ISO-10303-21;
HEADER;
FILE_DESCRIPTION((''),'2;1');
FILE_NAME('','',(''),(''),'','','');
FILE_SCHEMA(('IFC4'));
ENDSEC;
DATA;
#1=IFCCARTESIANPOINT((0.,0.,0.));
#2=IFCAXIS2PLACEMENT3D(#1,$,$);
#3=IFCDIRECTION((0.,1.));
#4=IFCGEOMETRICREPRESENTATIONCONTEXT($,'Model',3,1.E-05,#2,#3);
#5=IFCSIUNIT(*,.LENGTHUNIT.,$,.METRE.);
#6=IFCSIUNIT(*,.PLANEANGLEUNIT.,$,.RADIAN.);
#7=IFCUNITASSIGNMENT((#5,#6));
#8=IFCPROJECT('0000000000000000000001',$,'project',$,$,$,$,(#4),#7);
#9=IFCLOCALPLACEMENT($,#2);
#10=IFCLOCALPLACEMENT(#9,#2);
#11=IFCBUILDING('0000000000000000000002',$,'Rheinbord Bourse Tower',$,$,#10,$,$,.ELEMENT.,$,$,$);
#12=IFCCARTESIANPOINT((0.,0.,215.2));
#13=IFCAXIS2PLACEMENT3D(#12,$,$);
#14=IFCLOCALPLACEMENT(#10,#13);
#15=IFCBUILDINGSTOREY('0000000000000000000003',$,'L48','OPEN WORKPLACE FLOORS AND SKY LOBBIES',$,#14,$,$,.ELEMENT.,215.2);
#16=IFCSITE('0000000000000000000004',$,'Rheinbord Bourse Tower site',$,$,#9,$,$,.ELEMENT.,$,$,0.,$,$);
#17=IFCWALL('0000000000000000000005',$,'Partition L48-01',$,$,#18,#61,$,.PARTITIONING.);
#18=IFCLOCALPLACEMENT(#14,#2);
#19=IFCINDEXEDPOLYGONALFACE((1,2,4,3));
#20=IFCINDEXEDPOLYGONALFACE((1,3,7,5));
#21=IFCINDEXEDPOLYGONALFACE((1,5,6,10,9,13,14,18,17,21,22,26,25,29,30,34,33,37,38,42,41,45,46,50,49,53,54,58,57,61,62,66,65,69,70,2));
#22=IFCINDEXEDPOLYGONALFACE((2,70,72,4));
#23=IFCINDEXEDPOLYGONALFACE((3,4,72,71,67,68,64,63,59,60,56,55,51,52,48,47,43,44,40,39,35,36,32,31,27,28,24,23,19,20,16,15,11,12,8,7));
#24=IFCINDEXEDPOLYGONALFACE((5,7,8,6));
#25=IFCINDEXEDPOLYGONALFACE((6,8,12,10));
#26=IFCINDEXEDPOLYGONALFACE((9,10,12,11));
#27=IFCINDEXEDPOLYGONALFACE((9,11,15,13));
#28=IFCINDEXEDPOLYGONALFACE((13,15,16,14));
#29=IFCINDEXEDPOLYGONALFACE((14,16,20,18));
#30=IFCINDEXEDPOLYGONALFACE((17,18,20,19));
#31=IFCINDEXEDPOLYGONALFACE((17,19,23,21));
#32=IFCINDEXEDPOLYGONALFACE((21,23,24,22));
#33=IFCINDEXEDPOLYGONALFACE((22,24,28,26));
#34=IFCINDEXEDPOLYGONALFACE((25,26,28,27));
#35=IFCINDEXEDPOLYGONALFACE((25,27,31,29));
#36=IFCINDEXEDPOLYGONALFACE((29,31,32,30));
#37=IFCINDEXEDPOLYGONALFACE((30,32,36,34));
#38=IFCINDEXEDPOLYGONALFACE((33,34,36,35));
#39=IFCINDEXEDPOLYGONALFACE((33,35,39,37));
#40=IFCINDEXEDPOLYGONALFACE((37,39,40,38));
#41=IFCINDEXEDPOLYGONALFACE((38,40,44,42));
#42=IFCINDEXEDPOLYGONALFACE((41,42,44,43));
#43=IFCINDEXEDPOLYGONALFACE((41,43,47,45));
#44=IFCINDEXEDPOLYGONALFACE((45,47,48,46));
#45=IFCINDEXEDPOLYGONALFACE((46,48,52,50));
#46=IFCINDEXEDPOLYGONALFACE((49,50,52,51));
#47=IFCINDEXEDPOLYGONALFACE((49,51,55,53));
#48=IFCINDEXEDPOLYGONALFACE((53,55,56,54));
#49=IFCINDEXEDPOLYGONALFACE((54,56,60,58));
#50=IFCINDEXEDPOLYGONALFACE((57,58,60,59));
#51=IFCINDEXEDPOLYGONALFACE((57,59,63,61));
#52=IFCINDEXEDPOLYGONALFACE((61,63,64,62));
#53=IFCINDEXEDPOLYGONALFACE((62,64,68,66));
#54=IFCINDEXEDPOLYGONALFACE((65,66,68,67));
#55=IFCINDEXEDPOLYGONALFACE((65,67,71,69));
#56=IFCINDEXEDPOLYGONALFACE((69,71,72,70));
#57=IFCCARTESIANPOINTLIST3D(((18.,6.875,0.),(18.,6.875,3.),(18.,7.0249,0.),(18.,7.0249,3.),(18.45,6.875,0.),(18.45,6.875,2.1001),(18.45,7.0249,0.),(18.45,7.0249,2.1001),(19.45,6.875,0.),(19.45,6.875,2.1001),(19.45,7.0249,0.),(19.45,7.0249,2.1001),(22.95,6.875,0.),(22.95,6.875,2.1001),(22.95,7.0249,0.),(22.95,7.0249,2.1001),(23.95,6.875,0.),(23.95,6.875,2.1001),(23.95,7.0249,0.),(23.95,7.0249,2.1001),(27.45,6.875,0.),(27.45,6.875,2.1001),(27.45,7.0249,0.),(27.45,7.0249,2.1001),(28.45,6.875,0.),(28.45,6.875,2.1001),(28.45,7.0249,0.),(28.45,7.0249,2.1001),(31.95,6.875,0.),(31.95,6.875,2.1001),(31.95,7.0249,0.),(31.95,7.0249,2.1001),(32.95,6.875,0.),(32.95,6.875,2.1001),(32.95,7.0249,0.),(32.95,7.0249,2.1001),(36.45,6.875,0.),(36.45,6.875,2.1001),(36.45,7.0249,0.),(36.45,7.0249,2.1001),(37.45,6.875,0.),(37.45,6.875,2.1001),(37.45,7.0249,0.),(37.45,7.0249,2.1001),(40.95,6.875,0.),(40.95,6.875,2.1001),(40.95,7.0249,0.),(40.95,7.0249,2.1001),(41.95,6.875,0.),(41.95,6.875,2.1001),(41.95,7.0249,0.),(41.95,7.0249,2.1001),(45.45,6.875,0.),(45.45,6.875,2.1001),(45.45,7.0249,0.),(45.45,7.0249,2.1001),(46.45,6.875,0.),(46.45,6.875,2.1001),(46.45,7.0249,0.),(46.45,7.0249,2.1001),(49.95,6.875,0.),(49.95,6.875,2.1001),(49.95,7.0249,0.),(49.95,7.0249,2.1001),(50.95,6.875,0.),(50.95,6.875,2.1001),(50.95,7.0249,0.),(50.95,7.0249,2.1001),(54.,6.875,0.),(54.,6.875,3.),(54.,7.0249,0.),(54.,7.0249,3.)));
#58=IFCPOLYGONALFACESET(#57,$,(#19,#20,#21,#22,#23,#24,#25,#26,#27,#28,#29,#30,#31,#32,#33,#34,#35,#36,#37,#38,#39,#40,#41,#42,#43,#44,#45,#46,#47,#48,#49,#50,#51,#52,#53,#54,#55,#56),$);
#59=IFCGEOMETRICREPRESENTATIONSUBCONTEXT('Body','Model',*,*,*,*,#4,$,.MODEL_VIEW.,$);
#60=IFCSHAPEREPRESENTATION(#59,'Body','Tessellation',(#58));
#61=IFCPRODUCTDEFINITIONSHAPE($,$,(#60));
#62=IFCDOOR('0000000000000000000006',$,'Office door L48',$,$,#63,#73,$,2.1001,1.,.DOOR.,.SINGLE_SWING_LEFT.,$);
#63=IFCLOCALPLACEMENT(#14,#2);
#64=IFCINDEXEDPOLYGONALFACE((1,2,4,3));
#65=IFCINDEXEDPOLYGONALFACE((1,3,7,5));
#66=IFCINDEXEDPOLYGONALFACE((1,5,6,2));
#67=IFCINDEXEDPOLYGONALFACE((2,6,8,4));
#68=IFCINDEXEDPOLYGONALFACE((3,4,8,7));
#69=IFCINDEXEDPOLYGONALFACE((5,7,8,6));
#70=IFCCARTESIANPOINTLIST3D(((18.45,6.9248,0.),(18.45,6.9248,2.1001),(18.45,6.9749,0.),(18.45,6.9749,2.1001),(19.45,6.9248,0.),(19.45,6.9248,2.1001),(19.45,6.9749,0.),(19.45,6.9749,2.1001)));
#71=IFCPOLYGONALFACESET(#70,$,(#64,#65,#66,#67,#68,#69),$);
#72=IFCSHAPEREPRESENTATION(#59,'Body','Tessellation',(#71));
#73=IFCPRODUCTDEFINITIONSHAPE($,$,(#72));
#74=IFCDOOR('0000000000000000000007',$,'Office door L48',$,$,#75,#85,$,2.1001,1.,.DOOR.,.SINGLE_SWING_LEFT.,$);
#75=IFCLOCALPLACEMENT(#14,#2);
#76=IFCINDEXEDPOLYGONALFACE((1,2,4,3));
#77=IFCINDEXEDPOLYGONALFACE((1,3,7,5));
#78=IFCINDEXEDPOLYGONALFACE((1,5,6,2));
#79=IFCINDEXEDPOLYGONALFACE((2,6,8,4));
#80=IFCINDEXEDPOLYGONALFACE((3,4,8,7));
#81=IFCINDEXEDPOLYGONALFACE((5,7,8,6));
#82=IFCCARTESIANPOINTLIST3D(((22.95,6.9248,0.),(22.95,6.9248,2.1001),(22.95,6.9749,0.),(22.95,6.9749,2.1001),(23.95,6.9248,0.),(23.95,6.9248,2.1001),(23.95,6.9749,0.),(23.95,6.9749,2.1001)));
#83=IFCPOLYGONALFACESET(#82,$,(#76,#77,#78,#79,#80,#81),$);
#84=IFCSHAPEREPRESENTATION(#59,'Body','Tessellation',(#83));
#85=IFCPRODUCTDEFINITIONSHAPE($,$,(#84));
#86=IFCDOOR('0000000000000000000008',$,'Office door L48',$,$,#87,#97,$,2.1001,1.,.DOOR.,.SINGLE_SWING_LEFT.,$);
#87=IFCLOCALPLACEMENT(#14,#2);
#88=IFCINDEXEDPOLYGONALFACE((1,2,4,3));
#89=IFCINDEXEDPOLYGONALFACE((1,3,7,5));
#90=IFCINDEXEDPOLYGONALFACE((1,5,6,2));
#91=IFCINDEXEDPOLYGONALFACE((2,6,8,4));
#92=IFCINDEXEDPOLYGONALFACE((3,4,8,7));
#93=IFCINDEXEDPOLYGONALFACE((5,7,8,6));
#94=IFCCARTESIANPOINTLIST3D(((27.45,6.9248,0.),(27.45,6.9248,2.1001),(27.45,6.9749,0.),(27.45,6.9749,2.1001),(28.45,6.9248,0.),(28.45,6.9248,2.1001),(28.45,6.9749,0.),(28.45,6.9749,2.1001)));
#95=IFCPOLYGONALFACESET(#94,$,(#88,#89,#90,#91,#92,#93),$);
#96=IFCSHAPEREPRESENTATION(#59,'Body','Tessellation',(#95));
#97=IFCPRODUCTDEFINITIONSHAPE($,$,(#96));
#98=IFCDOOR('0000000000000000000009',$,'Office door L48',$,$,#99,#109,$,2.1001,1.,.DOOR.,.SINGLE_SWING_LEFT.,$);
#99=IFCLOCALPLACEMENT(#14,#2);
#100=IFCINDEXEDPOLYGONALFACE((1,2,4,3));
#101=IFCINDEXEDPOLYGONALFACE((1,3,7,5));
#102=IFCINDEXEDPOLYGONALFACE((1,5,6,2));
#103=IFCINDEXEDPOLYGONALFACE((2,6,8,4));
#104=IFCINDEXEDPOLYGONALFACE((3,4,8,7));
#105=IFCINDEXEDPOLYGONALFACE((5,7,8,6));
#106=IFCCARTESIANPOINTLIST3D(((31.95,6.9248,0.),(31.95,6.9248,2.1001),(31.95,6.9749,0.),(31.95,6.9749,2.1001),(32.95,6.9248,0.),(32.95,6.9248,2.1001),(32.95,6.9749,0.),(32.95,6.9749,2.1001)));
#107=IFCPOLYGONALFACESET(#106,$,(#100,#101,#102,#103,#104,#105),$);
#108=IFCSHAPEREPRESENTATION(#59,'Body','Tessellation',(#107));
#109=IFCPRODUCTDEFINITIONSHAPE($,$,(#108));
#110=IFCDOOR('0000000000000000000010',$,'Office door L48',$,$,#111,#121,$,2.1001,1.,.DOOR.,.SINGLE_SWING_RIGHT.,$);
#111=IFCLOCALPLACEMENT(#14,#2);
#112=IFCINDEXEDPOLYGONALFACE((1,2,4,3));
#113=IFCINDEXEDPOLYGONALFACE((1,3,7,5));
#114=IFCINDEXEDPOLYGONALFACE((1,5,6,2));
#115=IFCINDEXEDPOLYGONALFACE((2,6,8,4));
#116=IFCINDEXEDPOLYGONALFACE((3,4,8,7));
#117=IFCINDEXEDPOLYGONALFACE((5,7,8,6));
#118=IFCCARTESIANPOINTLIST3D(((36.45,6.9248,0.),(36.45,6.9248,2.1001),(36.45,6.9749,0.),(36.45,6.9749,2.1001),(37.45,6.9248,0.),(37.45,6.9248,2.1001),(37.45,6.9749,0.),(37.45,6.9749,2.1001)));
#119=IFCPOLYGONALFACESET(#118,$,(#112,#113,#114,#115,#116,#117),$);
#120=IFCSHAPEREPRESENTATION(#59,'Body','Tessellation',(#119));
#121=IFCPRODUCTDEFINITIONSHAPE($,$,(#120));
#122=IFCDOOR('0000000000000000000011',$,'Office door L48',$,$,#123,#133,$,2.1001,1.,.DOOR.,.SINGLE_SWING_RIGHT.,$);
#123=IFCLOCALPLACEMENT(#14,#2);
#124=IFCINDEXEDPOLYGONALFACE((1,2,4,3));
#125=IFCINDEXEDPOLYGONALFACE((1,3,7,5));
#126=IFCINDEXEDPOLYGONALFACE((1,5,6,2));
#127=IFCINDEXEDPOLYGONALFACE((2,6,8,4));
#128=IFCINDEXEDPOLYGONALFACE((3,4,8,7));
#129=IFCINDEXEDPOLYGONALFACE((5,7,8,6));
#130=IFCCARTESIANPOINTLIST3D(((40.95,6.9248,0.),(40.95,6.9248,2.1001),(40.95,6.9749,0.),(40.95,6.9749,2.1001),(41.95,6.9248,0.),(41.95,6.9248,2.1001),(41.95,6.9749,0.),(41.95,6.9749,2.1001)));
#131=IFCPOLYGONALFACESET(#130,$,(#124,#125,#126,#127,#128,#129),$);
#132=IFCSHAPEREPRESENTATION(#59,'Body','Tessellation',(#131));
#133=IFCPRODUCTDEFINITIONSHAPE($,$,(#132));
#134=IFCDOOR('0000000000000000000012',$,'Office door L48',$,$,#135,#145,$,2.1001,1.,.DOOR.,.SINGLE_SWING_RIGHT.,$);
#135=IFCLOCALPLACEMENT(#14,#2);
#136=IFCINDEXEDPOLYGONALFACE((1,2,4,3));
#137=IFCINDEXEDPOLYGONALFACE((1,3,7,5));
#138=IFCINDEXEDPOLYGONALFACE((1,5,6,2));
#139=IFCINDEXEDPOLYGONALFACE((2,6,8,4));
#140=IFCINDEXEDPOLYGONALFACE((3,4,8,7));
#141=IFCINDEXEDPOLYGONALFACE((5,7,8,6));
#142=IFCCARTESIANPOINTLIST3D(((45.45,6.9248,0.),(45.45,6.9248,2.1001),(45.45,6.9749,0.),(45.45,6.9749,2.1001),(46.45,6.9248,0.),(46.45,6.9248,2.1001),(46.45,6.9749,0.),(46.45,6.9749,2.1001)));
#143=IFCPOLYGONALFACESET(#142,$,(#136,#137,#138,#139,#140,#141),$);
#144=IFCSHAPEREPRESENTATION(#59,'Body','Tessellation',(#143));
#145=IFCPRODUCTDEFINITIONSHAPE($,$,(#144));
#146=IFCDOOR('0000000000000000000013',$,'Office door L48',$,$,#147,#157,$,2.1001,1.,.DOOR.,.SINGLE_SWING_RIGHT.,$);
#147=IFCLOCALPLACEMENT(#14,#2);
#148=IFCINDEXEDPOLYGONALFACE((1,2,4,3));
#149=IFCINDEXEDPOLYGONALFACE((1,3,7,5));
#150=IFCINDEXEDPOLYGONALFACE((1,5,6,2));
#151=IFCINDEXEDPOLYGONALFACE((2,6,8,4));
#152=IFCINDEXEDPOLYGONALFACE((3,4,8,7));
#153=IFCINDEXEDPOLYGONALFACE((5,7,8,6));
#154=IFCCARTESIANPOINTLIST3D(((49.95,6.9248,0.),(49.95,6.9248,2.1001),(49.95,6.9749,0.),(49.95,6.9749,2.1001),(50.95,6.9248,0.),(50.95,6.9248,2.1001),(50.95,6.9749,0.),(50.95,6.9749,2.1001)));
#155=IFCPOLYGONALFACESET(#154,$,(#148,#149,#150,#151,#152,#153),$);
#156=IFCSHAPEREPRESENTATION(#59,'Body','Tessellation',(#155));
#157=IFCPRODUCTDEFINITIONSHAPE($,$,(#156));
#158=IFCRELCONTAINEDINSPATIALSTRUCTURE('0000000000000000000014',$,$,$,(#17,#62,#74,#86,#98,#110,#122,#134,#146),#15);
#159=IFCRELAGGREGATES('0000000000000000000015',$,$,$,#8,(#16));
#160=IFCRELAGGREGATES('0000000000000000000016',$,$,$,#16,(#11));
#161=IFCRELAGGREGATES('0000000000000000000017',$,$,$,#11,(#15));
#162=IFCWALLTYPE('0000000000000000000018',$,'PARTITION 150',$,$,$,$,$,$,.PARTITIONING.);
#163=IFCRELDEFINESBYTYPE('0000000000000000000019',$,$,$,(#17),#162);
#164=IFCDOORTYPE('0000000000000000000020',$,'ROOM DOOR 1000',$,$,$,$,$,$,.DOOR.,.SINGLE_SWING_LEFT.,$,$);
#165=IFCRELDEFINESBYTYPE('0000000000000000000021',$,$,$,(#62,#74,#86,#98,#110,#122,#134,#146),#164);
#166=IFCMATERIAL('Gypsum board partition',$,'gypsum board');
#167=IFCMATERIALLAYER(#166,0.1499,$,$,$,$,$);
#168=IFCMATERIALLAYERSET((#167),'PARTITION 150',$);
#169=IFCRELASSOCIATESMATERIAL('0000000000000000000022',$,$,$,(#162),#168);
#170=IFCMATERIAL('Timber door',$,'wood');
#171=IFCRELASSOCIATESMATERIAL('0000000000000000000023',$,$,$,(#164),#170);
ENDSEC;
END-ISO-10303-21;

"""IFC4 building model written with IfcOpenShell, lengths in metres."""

from ifc_helpers import new_model, si_unit, direction, frame, frame_2d, origin, place, context, subcontext, project, spatial, rectangle, extrude, material, layer, layer_set, type_object, element, fill, save


model = new_model("IFC4")

# Units and contexts
model_context = context("Model", 3, precision=1e-05, world=origin(), true_north=direction((0.0, 1.0)))
body_context = subcontext(model_context, "Body", "Model", "MODEL_VIEW")
ifc_project = project(units=[si_unit("LENGTHUNIT", "METRE"), si_unit("PLANEANGLEUNIT", "RADIAN")], contexts=[model_context])

# Site, building, storey
site_placement = place(None, origin())
site = spatial("IfcSite", under=ifc_project, at=site_placement, Name="Rheinbord Bourse Tower site", CompositionType="ELEMENT", RefElevation=0.0)
building_placement = place(site_placement, origin())
building = spatial("IfcBuilding", under=site, at=building_placement, Name="Rheinbord Bourse Tower", CompositionType="ELEMENT")
storey_placement = place(building_placement, frame((0.0, 0.0, 215.2)))
storey = spatial("IfcBuildingStorey", under=building, at=storey_placement, Name="L48", Description="OPEN WORKPLACE FLOORS AND SKY LOBBIES", CompositionType="ELEMENT", Elevation=215.2)

# Wall, openings, doors
ifc_material_1 = material(Name="Gypsum board partition", Category="gypsum board")
ifc_layer_1 = layer(ifc_material_1, 0.1499)
ifc_layer_set_1 = layer_set([ifc_layer_1], Name="PARTITION 150")
wall_type_1 = type_object("IfcWallType", Name="PARTITION 150", PredefinedType="PARTITIONING", material=ifc_layer_set_1)
wall_1_placement = place(storey_placement, frame((18.0, 6.95, 0.0), z_axis=(0.0, 0.0, 1.0), x_axis=(1.0, 0.0, 0.0)))
wall_1 = element("IfcWall", 1, at=wall_1_placement, inside=storey, type_object=wall_type_1, Name="Partition L48-01", PredefinedType="PARTITIONING", context=body_context, shape_type="SweptSolid", body=[
    extrude(rectangle(XDim=36.0, YDim=0.1499, at=frame_2d((18.0, 0.0))), origin(), (0.0, 0.0, 1.0), 3.0),
])
opening_1_placement = place(wall_1_placement, frame((0.45, 0.0, 0.0)))
opening_1 = element("IfcOpeningElement", 2, at=opening_1_placement, cuts=wall_1, PredefinedType="OPENING", context=body_context, shape_type="SweptSolid", body=[
    extrude(rectangle(XDim=1.0, YDim=2.1001, at=frame_2d((0.5, 1.05))), frame((0.0, 0.085, 0.0), z_axis=(0.0, -1.0, 0.0), x_axis=(1.0, 0.0, 0.0)), (0.0, 0.0, 1.0), 0.1699),
])
opening_2_placement = place(wall_1_placement, frame((4.95, 0.0, 0.0)))
opening_2 = element("IfcOpeningElement", 3, at=opening_2_placement, cuts=wall_1, PredefinedType="OPENING", context=body_context, shape_type="SweptSolid", body=[
    extrude(rectangle(XDim=1.0, YDim=2.1001, at=frame_2d((0.5, 1.05))), frame((0.0, 0.085, 0.0), z_axis=(0.0, -1.0, 0.0), x_axis=(1.0, 0.0, 0.0)), (0.0, 0.0, 1.0), 0.1699),
])
opening_3_placement = place(wall_1_placement, frame((9.45, 0.0, 0.0)))
opening_3 = element("IfcOpeningElement", 4, at=opening_3_placement, cuts=wall_1, PredefinedType="OPENING", context=body_context, shape_type="SweptSolid", body=[
    extrude(rectangle(XDim=1.0, YDim=2.1001, at=frame_2d((0.5, 1.05))), frame((0.0, 0.085, 0.0), z_axis=(0.0, -1.0, 0.0), x_axis=(1.0, 0.0, 0.0)), (0.0, 0.0, 1.0), 0.1699),
])
opening_4_placement = place(wall_1_placement, frame((13.95, 0.0, 0.0)))
opening_4 = element("IfcOpeningElement", 5, at=opening_4_placement, cuts=wall_1, PredefinedType="OPENING", context=body_context, shape_type="SweptSolid", body=[
    extrude(rectangle(XDim=1.0, YDim=2.1001, at=frame_2d((0.5, 1.05))), frame((0.0, 0.085, 0.0), z_axis=(0.0, -1.0, 0.0), x_axis=(1.0, 0.0, 0.0)), (0.0, 0.0, 1.0), 0.1699),
])
opening_5_placement = place(wall_1_placement, frame((18.45, 0.0, 0.0)))
opening_5 = element("IfcOpeningElement", 6, at=opening_5_placement, cuts=wall_1, PredefinedType="OPENING", context=body_context, shape_type="SweptSolid", body=[
    extrude(rectangle(XDim=1.0, YDim=2.1001, at=frame_2d((0.5, 1.05))), frame((0.0, 0.085, 0.0), z_axis=(0.0, -1.0, 0.0), x_axis=(1.0, 0.0, 0.0)), (0.0, 0.0, 1.0), 0.1699),
])
opening_6_placement = place(wall_1_placement, frame((22.95, 0.0, 0.0)))
opening_6 = element("IfcOpeningElement", 7, at=opening_6_placement, cuts=wall_1, PredefinedType="OPENING", context=body_context, shape_type="SweptSolid", body=[
    extrude(rectangle(XDim=1.0, YDim=2.1001, at=frame_2d((0.5, 1.05))), frame((0.0, 0.085, 0.0), z_axis=(0.0, -1.0, 0.0), x_axis=(1.0, 0.0, 0.0)), (0.0, 0.0, 1.0), 0.1699),
])
opening_7_placement = place(wall_1_placement, frame((27.45, 0.0, 0.0)))
opening_7 = element("IfcOpeningElement", 8, at=opening_7_placement, cuts=wall_1, PredefinedType="OPENING", context=body_context, shape_type="SweptSolid", body=[
    extrude(rectangle(XDim=1.0, YDim=2.1001, at=frame_2d((0.5, 1.05))), frame((0.0, 0.085, 0.0), z_axis=(0.0, -1.0, 0.0), x_axis=(1.0, 0.0, 0.0)), (0.0, 0.0, 1.0), 0.1699),
])
opening_8_placement = place(wall_1_placement, frame((31.95, 0.0, 0.0)))
opening_8 = element("IfcOpeningElement", 9, at=opening_8_placement, cuts=wall_1, PredefinedType="OPENING", context=body_context, shape_type="SweptSolid", body=[
    extrude(rectangle(XDim=1.0, YDim=2.1001, at=frame_2d((0.5, 1.05))), frame((0.0, 0.085, 0.0), z_axis=(0.0, -1.0, 0.0), x_axis=(1.0, 0.0, 0.0)), (0.0, 0.0, 1.0), 0.1699),
])
ifc_material_2 = material(Name="Timber door", Category="wood")
door_type_1 = type_object("IfcDoorType", Name="ROOM DOOR 1000", OperationType="SINGLE_SWING_LEFT", PredefinedType="DOOR", material=ifc_material_2)
door_1_placement = place(opening_1_placement, origin())
door_1 = element("IfcDoor", 10, at=door_1_placement, inside=storey, type_object=door_type_1, Name="Office door L48", OperationType="SINGLE_SWING_LEFT", OverallHeight=2.1001, OverallWidth=1.0, PredefinedType="DOOR", context=body_context, shape_type="SweptSolid", body=[
    extrude(rectangle(XDim=1.0, YDim=2.1001, at=frame_2d((0.5, 1.05))), frame((0.0, 0.0249, 0.0), z_axis=(0.0, -1.0, 0.0), x_axis=(1.0, 0.0, 0.0)), (0.0, 0.0, 1.0), 0.05),
])
fill(opening_1, door_1)
door_2_placement = place(opening_2_placement, origin())
door_2 = element("IfcDoor", 11, at=door_2_placement, inside=storey, type_object=door_type_1, Name="Office door L48", OperationType="SINGLE_SWING_LEFT", OverallHeight=2.1001, OverallWidth=1.0, PredefinedType="DOOR", context=body_context, shape_type="SweptSolid", body=[
    extrude(rectangle(XDim=1.0, YDim=2.1001, at=frame_2d((0.5, 1.05))), frame((0.0, 0.0249, 0.0), z_axis=(0.0, -1.0, 0.0), x_axis=(1.0, 0.0, 0.0)), (0.0, 0.0, 1.0), 0.05),
])
fill(opening_2, door_2)
door_3_placement = place(opening_3_placement, origin())
door_3 = element("IfcDoor", 12, at=door_3_placement, inside=storey, type_object=door_type_1, Name="Office door L48", OperationType="SINGLE_SWING_LEFT", OverallHeight=2.1001, OverallWidth=1.0, PredefinedType="DOOR", context=body_context, shape_type="SweptSolid", body=[
    extrude(rectangle(XDim=1.0, YDim=2.1001, at=frame_2d((0.5, 1.05))), frame((0.0, 0.0249, 0.0), z_axis=(0.0, -1.0, 0.0), x_axis=(1.0, 0.0, 0.0)), (0.0, 0.0, 1.0), 0.05),
])
fill(opening_3, door_3)
door_4_placement = place(opening_4_placement, origin())
door_4 = element("IfcDoor", 13, at=door_4_placement, inside=storey, type_object=door_type_1, Name="Office door L48", OperationType="SINGLE_SWING_LEFT", OverallHeight=2.1001, OverallWidth=1.0, PredefinedType="DOOR", context=body_context, shape_type="SweptSolid", body=[
    extrude(rectangle(XDim=1.0, YDim=2.1001, at=frame_2d((0.5, 1.05))), frame((0.0, 0.0249, 0.0), z_axis=(0.0, -1.0, 0.0), x_axis=(1.0, 0.0, 0.0)), (0.0, 0.0, 1.0), 0.05),
])
fill(opening_4, door_4)
door_5_placement = place(opening_5_placement, origin())
door_5 = element("IfcDoor", 14, at=door_5_placement, inside=storey, type_object=door_type_1, Name="Office door L48", OperationType="SINGLE_SWING_RIGHT", OverallHeight=2.1001, OverallWidth=1.0, PredefinedType="DOOR", context=body_context, shape_type="SweptSolid", body=[
    extrude(rectangle(XDim=1.0, YDim=2.1001, at=frame_2d((0.5, 1.05))), frame((0.0, 0.0249, 0.0), z_axis=(0.0, -1.0, 0.0), x_axis=(1.0, 0.0, 0.0)), (0.0, 0.0, 1.0), 0.05),
])
fill(opening_5, door_5)
door_6_placement = place(opening_6_placement, origin())
door_6 = element("IfcDoor", 15, at=door_6_placement, inside=storey, type_object=door_type_1, Name="Office door L48", OperationType="SINGLE_SWING_RIGHT", OverallHeight=2.1001, OverallWidth=1.0, PredefinedType="DOOR", context=body_context, shape_type="SweptSolid", body=[
    extrude(rectangle(XDim=1.0, YDim=2.1001, at=frame_2d((0.5, 1.05))), frame((0.0, 0.0249, 0.0), z_axis=(0.0, -1.0, 0.0), x_axis=(1.0, 0.0, 0.0)), (0.0, 0.0, 1.0), 0.05),
])
fill(opening_6, door_6)
door_7_placement = place(opening_7_placement, origin())
door_7 = element("IfcDoor", 16, at=door_7_placement, inside=storey, type_object=door_type_1, Name="Office door L48", OperationType="SINGLE_SWING_RIGHT", OverallHeight=2.1001, OverallWidth=1.0, PredefinedType="DOOR", context=body_context, shape_type="SweptSolid", body=[
    extrude(rectangle(XDim=1.0, YDim=2.1001, at=frame_2d((0.5, 1.05))), frame((0.0, 0.0249, 0.0), z_axis=(0.0, -1.0, 0.0), x_axis=(1.0, 0.0, 0.0)), (0.0, 0.0, 1.0), 0.05),
])
fill(opening_7, door_7)
door_8_placement = place(opening_8_placement, origin())
door_8 = element("IfcDoor", 17, at=door_8_placement, inside=storey, type_object=door_type_1, Name="Office door L48", OperationType="SINGLE_SWING_RIGHT", OverallHeight=2.1001, OverallWidth=1.0, PredefinedType="DOOR", context=body_context, shape_type="SweptSolid", body=[
    extrude(rectangle(XDim=1.0, YDim=2.1001, at=frame_2d((0.5, 1.05))), frame((0.0, 0.0249, 0.0), z_axis=(0.0, -1.0, 0.0), x_axis=(1.0, 0.0, 0.0)), (0.0, 0.0, 1.0), 0.05),
])
fill(opening_8, door_8)

save(model, "model.ifc")
